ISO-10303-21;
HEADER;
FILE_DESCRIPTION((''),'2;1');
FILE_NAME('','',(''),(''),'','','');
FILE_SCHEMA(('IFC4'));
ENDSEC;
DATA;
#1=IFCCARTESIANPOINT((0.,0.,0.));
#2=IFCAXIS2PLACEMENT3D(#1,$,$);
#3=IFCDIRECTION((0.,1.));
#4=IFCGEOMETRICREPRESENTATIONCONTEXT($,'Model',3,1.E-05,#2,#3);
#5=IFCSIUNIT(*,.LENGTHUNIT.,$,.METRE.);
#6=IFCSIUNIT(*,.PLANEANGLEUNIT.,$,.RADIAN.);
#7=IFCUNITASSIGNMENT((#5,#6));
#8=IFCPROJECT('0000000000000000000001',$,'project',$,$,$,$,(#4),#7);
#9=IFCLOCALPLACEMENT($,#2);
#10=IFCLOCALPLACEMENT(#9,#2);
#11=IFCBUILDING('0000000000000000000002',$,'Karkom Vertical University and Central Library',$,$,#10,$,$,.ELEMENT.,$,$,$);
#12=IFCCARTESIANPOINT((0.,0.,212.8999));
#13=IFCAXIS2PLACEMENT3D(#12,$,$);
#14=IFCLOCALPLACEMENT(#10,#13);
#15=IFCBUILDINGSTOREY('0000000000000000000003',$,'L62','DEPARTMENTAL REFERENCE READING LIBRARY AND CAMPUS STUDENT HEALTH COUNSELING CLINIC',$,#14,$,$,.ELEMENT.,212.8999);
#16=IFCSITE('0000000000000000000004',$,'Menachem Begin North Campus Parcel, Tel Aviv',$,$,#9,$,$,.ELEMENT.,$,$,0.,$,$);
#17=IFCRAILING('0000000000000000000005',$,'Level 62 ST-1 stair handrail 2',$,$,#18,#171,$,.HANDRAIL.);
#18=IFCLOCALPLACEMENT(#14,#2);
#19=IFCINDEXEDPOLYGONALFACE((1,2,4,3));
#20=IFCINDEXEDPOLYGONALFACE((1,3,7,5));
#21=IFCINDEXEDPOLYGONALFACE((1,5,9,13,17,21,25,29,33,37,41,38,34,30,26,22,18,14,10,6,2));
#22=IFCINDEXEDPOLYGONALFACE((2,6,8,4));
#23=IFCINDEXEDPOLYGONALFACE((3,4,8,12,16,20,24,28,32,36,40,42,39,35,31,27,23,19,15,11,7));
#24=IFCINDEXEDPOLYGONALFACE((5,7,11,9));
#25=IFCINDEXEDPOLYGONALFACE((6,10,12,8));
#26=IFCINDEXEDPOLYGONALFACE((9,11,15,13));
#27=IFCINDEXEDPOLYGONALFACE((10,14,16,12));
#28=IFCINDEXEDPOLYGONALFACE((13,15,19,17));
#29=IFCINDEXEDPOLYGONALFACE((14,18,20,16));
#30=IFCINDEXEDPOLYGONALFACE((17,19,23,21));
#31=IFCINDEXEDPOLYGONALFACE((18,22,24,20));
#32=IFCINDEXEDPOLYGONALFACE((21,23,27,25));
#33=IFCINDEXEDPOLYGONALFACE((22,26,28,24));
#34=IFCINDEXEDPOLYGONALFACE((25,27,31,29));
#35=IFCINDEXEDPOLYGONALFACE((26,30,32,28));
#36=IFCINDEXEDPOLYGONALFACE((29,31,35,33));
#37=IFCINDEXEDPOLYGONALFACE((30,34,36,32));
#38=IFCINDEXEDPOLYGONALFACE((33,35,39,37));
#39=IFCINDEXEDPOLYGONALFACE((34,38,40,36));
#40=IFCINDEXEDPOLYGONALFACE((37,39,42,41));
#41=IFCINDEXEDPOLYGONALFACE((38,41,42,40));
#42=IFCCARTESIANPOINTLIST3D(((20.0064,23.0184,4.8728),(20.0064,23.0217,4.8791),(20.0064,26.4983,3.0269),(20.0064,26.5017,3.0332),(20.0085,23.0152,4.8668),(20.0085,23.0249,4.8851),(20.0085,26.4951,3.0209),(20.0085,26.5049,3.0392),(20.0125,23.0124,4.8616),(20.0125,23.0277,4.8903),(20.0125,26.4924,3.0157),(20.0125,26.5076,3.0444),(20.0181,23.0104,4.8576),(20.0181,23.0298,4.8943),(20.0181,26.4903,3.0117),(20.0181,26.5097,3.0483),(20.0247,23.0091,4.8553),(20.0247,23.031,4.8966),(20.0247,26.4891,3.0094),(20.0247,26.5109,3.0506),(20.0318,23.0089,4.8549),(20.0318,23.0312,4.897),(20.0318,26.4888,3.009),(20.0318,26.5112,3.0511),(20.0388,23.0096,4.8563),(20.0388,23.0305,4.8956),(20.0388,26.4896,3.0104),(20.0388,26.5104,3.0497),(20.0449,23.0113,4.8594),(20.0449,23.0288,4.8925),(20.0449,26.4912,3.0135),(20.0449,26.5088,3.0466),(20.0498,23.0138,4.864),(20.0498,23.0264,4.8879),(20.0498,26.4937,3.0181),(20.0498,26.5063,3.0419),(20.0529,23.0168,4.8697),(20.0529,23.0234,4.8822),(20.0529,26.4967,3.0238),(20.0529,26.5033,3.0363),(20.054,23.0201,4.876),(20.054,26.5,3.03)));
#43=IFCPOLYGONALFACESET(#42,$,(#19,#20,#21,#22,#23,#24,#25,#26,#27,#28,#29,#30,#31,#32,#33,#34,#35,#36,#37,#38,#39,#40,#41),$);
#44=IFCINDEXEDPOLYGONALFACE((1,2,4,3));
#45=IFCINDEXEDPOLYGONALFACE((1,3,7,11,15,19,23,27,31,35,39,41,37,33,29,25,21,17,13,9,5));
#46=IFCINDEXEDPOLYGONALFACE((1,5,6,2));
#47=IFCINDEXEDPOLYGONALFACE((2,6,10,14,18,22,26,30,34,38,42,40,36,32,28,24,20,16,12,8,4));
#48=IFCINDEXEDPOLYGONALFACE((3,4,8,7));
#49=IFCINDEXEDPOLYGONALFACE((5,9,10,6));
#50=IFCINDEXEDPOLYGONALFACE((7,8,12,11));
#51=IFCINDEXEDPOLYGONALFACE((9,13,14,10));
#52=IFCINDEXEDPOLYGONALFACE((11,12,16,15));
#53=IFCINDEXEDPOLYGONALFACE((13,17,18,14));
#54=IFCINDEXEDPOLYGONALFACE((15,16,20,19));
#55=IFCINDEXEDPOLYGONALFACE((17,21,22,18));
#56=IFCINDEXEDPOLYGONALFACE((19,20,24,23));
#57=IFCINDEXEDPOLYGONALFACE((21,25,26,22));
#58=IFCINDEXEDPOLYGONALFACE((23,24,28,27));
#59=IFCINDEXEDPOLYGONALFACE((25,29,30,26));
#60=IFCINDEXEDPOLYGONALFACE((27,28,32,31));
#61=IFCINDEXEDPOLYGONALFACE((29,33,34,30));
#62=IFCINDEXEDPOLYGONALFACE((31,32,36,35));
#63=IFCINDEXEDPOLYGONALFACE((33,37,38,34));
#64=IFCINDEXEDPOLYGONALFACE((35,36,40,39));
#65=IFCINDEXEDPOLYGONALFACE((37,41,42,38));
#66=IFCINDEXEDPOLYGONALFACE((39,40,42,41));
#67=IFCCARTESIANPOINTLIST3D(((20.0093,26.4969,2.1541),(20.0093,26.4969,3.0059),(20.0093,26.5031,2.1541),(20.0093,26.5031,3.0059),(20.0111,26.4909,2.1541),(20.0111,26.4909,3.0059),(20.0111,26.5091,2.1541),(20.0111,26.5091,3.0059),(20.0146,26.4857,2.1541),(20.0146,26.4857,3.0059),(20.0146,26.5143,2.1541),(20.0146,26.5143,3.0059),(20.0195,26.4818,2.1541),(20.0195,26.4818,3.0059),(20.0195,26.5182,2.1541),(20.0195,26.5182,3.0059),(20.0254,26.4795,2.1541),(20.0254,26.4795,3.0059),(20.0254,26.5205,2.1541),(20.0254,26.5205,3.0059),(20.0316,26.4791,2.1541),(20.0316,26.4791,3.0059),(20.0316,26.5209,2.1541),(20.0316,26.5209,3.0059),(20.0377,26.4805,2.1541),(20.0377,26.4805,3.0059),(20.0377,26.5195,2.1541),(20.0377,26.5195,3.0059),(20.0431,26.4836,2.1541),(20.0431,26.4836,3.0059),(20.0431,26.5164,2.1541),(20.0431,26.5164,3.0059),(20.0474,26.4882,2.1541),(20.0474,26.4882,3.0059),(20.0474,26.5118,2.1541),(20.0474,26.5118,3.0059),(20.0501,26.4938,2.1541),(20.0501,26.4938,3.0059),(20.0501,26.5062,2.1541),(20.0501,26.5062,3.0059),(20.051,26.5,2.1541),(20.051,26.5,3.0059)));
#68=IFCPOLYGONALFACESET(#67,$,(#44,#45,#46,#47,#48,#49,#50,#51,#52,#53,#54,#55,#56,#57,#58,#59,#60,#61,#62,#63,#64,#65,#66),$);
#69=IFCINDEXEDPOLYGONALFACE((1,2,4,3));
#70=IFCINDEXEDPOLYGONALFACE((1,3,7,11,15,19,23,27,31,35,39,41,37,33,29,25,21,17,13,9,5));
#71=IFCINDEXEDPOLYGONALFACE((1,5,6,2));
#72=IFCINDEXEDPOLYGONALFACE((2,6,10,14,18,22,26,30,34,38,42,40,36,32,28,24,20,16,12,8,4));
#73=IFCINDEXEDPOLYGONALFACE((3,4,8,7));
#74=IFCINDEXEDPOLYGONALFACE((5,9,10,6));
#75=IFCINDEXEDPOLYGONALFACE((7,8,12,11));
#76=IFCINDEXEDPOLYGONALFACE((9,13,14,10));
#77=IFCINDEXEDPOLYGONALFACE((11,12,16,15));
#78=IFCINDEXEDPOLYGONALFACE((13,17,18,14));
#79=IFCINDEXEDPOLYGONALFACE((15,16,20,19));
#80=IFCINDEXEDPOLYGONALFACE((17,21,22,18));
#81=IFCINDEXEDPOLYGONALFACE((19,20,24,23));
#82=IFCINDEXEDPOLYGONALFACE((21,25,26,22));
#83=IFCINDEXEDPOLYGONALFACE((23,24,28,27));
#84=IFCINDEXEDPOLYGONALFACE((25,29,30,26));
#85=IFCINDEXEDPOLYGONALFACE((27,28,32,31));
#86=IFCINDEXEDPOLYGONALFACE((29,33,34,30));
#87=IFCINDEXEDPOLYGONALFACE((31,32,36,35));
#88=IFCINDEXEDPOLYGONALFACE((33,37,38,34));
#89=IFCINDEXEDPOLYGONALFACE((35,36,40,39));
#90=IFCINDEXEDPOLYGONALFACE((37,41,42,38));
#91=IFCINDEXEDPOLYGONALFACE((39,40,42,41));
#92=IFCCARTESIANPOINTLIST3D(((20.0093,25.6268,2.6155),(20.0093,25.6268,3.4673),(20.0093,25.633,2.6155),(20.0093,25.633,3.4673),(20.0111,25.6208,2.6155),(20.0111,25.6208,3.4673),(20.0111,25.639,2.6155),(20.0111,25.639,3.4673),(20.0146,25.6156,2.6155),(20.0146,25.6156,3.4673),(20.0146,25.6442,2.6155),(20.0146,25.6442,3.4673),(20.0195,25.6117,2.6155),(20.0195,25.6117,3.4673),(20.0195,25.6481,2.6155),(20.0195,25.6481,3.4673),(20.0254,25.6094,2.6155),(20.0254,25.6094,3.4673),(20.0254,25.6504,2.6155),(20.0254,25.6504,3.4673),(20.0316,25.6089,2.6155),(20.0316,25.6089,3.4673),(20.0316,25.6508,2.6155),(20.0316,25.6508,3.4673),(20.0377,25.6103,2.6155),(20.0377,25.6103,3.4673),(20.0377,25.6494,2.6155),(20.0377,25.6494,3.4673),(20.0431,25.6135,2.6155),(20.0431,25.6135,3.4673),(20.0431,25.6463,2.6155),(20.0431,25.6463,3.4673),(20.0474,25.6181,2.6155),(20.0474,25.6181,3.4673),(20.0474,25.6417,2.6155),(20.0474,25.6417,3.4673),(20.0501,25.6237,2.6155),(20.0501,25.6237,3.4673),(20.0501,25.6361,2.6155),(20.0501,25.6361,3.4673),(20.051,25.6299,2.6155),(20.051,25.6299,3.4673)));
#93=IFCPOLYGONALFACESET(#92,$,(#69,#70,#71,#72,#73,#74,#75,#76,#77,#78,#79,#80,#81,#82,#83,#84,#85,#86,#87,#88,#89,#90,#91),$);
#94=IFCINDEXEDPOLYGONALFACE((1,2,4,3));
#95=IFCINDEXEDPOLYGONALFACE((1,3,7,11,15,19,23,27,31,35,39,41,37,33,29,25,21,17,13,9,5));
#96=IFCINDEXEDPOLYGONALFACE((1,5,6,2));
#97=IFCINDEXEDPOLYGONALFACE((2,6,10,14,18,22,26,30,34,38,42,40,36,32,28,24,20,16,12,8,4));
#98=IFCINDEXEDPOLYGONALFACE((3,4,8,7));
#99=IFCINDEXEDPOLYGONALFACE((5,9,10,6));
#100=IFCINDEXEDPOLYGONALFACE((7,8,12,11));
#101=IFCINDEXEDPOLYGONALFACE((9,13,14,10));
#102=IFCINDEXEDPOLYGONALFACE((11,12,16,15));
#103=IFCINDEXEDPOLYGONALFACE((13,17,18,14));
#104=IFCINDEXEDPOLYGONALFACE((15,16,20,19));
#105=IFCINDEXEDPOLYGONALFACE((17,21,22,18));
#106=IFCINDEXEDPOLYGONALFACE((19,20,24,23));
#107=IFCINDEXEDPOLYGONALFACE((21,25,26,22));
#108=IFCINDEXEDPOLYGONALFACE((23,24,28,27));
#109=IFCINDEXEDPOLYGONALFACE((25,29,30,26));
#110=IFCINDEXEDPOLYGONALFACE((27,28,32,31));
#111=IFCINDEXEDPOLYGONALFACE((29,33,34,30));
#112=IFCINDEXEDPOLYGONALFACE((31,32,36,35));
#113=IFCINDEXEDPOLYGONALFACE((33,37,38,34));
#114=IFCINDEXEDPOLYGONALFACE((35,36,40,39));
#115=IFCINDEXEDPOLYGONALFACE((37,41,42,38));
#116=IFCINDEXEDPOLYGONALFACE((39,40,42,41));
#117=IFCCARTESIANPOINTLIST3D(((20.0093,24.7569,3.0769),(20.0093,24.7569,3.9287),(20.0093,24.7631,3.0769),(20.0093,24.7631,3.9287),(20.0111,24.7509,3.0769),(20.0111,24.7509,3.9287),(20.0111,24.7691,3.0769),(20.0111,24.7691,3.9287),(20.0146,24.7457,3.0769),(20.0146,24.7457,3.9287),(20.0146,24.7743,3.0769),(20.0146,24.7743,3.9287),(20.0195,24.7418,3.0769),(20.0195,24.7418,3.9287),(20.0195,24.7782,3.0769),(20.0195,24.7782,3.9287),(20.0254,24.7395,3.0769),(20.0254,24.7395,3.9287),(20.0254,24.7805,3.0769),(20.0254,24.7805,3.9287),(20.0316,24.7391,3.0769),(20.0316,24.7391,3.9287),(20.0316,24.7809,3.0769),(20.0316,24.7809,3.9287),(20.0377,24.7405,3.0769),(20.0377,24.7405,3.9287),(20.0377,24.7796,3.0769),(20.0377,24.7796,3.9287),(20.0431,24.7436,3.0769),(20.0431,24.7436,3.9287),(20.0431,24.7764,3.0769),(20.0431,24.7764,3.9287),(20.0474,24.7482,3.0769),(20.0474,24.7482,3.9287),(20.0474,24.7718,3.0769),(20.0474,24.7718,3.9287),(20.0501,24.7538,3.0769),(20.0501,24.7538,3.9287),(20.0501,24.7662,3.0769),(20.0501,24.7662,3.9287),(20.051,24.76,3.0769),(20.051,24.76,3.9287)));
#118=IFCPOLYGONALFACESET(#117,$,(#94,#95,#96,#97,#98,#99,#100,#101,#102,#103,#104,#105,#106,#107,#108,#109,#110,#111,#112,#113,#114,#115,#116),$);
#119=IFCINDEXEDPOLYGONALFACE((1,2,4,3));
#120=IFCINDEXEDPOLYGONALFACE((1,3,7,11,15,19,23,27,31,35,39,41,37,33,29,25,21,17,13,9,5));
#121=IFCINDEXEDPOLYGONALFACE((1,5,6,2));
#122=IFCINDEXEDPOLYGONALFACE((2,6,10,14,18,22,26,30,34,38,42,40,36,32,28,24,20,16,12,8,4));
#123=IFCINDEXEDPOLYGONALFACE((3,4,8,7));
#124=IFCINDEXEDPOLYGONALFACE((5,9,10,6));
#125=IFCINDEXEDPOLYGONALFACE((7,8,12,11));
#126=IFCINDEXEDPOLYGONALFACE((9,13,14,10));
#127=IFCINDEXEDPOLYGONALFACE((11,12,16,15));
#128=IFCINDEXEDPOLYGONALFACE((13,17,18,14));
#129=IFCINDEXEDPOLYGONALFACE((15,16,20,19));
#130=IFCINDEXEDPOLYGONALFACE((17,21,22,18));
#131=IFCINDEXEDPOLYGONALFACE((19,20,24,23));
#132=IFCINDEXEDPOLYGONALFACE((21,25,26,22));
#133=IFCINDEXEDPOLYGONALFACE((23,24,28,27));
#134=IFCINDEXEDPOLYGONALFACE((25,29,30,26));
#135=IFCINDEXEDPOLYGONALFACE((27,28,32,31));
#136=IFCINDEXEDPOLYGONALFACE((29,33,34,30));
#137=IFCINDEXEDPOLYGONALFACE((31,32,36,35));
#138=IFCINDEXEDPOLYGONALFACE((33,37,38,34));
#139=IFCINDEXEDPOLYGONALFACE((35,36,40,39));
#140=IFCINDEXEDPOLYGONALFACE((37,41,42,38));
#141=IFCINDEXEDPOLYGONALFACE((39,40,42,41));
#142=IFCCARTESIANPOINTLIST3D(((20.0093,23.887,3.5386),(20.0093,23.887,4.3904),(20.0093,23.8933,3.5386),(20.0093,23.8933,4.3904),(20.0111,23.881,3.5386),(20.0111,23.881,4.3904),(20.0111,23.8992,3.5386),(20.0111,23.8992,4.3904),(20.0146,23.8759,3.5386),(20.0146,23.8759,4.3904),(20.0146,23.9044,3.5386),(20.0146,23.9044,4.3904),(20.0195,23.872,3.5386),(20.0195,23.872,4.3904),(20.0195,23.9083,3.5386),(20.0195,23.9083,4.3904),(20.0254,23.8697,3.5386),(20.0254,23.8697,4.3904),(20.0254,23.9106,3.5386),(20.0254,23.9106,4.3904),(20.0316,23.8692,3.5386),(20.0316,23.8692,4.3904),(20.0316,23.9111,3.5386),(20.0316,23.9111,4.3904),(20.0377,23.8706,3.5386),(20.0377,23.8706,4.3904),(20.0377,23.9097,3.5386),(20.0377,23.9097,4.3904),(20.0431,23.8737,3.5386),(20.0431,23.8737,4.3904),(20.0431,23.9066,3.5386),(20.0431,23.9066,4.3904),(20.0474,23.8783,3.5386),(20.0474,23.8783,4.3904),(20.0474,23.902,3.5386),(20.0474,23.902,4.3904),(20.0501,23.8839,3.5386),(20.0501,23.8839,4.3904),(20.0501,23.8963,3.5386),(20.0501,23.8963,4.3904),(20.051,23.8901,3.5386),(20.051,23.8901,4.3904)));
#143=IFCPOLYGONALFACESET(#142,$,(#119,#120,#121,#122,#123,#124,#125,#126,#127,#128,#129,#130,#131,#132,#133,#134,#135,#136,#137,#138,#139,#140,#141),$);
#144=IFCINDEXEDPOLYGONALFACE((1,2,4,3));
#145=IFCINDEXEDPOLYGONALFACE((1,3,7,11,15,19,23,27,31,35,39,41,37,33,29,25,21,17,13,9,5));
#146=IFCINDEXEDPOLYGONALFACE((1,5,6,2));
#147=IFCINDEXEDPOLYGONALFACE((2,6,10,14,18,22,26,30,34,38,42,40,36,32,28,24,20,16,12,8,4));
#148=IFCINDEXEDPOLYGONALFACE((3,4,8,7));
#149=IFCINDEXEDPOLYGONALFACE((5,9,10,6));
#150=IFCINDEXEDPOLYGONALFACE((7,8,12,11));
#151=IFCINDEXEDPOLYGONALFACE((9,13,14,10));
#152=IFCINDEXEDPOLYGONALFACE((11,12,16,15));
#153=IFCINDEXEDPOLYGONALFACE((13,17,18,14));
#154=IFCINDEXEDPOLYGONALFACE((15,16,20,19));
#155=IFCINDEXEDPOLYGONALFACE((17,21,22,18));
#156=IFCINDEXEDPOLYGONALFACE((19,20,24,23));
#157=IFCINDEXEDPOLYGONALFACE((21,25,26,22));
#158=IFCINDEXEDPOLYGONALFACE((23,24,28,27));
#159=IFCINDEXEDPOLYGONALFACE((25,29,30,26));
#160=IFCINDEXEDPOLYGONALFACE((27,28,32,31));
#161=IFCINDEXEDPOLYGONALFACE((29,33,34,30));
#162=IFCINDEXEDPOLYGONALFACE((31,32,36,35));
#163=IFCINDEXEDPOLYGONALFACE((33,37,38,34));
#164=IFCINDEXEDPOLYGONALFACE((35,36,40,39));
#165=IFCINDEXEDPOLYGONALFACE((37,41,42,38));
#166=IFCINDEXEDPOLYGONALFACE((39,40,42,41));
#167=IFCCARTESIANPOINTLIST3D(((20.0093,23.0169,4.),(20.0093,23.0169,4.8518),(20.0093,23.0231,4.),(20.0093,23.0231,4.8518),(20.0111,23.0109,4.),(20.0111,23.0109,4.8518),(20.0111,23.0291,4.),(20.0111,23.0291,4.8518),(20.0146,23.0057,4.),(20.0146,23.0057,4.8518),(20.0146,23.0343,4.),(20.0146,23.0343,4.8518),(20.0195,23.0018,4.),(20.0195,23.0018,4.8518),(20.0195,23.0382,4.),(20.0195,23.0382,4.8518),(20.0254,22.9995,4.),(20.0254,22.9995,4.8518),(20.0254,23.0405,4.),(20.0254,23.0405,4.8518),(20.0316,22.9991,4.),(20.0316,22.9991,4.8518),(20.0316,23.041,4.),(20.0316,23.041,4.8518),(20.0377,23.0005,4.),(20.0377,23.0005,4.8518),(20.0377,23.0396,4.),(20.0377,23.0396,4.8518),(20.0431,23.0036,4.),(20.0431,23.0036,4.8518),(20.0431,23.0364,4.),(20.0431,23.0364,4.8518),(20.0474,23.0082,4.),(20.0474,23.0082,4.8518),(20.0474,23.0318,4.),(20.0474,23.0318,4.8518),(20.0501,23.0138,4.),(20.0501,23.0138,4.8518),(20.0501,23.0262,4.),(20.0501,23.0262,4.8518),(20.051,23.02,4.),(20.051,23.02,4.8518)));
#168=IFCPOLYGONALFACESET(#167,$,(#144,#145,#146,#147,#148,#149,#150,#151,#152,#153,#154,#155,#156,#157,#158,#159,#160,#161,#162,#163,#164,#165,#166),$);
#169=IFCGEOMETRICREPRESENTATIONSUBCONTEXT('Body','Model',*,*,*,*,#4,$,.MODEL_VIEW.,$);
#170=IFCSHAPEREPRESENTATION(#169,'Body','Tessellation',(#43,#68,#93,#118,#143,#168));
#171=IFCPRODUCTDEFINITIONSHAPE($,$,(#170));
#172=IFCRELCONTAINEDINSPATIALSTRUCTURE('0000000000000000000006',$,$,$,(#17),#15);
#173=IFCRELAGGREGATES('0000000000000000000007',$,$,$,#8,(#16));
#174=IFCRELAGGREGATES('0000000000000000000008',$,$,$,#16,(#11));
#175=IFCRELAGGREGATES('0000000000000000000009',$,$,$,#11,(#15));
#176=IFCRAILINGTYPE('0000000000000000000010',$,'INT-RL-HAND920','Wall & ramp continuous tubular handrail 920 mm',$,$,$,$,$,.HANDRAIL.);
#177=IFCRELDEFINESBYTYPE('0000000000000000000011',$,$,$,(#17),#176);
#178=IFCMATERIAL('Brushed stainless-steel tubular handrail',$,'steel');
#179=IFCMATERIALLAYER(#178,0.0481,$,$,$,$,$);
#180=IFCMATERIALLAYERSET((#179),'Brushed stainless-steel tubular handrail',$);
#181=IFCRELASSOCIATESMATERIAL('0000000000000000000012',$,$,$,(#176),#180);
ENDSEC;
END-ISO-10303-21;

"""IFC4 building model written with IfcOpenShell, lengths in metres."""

from ifc_helpers import new_model, si_unit, direction, frame, origin, origin_2d, place, context, subcontext, project, spatial, circle, extrude, material, layer, layer_set, type_object, element, save


model = new_model("IFC4")

# Units and contexts
model_context = context("Model", 3, precision=1e-05, world=origin(), true_north=direction((0.0, 1.0)))
body_context = subcontext(model_context, "Body", "Model", "MODEL_VIEW")
ifc_project = project(units=[si_unit("LENGTHUNIT", "METRE"), si_unit("PLANEANGLEUNIT", "RADIAN")], contexts=[model_context])

# Site, building, storey
site_placement = place(None, origin())
site = spatial("IfcSite", under=ifc_project, at=site_placement, Name="Menachem Begin North Campus Parcel, Tel Aviv", CompositionType="ELEMENT", RefElevation=0.0)
building_placement = place(site_placement, origin())
building = spatial("IfcBuilding", under=site, at=building_placement, Name="Karkom Vertical University and Central Library", CompositionType="ELEMENT")
storey_placement = place(building_placement, frame((0.0, 0.0, 212.8999)))
storey = spatial("IfcBuildingStorey", under=building, at=storey_placement, Name="L62", Description="DEPARTMENTAL REFERENCE READING LIBRARY AND CAMPUS STUDENT HEALTH COUNSELING CLINIC", CompositionType="ELEMENT", Elevation=212.8999)

# Railing
ifc_material_1 = material(Name="Brushed stainless-steel tubular handrail", Category="steel")
ifc_layer_1 = layer(ifc_material_1, 0.0481)
ifc_layer_set_1 = layer_set([ifc_layer_1], Name="Brushed stainless-steel tubular handrail")
railing_type_1 = type_object("IfcRailingType", Name="INT-RL-HAND920", Description="Wall & ramp continuous tubular handrail 920 mm", PredefinedType="HANDRAIL", material=ifc_layer_set_1)
railing_1_placement = place(storey_placement, frame((20.03, 26.5, 2.1541)))
element("IfcRailing", 1, at=railing_1_placement, inside=storey, type_object=railing_type_1, Name="Level 62 ST-1 stair handrail 2", PredefinedType="HANDRAIL", context=body_context, shape_type="SweptSolid", body=[
    extrude(circle(Radius=0.0239, at=origin_2d()), frame((0.0, 0.0, 0.876), z_axis=(0.0, -0.883409, 0.468602), x_axis=(1.0, 0.0, 0.0)), (0.0, 0.0, 1.0), 3.9392),
    extrude(circle(Radius=0.021, at=origin_2d()), origin(), (0.0, 0.0, 1.0), 0.8518),
    extrude(circle(Radius=0.021, at=origin_2d()), frame((0.0, -0.8701, 0.4614)), (0.0, 0.0, 1.0), 0.8518),
    extrude(circle(Radius=0.021, at=origin_2d()), frame((0.0, -1.74, 0.9229)), (0.0, 0.0, 1.0), 0.8518),
    extrude(circle(Radius=0.021, at=origin_2d()), frame((0.0, -2.6099, 1.3845)), (0.0, 0.0, 1.0), 0.8518),
    extrude(circle(Radius=0.021, at=origin_2d()), frame((0.0, -3.48, 1.8459)), (0.0, 0.0, 1.0), 0.8518),
])

save(model, "model.ifc")
